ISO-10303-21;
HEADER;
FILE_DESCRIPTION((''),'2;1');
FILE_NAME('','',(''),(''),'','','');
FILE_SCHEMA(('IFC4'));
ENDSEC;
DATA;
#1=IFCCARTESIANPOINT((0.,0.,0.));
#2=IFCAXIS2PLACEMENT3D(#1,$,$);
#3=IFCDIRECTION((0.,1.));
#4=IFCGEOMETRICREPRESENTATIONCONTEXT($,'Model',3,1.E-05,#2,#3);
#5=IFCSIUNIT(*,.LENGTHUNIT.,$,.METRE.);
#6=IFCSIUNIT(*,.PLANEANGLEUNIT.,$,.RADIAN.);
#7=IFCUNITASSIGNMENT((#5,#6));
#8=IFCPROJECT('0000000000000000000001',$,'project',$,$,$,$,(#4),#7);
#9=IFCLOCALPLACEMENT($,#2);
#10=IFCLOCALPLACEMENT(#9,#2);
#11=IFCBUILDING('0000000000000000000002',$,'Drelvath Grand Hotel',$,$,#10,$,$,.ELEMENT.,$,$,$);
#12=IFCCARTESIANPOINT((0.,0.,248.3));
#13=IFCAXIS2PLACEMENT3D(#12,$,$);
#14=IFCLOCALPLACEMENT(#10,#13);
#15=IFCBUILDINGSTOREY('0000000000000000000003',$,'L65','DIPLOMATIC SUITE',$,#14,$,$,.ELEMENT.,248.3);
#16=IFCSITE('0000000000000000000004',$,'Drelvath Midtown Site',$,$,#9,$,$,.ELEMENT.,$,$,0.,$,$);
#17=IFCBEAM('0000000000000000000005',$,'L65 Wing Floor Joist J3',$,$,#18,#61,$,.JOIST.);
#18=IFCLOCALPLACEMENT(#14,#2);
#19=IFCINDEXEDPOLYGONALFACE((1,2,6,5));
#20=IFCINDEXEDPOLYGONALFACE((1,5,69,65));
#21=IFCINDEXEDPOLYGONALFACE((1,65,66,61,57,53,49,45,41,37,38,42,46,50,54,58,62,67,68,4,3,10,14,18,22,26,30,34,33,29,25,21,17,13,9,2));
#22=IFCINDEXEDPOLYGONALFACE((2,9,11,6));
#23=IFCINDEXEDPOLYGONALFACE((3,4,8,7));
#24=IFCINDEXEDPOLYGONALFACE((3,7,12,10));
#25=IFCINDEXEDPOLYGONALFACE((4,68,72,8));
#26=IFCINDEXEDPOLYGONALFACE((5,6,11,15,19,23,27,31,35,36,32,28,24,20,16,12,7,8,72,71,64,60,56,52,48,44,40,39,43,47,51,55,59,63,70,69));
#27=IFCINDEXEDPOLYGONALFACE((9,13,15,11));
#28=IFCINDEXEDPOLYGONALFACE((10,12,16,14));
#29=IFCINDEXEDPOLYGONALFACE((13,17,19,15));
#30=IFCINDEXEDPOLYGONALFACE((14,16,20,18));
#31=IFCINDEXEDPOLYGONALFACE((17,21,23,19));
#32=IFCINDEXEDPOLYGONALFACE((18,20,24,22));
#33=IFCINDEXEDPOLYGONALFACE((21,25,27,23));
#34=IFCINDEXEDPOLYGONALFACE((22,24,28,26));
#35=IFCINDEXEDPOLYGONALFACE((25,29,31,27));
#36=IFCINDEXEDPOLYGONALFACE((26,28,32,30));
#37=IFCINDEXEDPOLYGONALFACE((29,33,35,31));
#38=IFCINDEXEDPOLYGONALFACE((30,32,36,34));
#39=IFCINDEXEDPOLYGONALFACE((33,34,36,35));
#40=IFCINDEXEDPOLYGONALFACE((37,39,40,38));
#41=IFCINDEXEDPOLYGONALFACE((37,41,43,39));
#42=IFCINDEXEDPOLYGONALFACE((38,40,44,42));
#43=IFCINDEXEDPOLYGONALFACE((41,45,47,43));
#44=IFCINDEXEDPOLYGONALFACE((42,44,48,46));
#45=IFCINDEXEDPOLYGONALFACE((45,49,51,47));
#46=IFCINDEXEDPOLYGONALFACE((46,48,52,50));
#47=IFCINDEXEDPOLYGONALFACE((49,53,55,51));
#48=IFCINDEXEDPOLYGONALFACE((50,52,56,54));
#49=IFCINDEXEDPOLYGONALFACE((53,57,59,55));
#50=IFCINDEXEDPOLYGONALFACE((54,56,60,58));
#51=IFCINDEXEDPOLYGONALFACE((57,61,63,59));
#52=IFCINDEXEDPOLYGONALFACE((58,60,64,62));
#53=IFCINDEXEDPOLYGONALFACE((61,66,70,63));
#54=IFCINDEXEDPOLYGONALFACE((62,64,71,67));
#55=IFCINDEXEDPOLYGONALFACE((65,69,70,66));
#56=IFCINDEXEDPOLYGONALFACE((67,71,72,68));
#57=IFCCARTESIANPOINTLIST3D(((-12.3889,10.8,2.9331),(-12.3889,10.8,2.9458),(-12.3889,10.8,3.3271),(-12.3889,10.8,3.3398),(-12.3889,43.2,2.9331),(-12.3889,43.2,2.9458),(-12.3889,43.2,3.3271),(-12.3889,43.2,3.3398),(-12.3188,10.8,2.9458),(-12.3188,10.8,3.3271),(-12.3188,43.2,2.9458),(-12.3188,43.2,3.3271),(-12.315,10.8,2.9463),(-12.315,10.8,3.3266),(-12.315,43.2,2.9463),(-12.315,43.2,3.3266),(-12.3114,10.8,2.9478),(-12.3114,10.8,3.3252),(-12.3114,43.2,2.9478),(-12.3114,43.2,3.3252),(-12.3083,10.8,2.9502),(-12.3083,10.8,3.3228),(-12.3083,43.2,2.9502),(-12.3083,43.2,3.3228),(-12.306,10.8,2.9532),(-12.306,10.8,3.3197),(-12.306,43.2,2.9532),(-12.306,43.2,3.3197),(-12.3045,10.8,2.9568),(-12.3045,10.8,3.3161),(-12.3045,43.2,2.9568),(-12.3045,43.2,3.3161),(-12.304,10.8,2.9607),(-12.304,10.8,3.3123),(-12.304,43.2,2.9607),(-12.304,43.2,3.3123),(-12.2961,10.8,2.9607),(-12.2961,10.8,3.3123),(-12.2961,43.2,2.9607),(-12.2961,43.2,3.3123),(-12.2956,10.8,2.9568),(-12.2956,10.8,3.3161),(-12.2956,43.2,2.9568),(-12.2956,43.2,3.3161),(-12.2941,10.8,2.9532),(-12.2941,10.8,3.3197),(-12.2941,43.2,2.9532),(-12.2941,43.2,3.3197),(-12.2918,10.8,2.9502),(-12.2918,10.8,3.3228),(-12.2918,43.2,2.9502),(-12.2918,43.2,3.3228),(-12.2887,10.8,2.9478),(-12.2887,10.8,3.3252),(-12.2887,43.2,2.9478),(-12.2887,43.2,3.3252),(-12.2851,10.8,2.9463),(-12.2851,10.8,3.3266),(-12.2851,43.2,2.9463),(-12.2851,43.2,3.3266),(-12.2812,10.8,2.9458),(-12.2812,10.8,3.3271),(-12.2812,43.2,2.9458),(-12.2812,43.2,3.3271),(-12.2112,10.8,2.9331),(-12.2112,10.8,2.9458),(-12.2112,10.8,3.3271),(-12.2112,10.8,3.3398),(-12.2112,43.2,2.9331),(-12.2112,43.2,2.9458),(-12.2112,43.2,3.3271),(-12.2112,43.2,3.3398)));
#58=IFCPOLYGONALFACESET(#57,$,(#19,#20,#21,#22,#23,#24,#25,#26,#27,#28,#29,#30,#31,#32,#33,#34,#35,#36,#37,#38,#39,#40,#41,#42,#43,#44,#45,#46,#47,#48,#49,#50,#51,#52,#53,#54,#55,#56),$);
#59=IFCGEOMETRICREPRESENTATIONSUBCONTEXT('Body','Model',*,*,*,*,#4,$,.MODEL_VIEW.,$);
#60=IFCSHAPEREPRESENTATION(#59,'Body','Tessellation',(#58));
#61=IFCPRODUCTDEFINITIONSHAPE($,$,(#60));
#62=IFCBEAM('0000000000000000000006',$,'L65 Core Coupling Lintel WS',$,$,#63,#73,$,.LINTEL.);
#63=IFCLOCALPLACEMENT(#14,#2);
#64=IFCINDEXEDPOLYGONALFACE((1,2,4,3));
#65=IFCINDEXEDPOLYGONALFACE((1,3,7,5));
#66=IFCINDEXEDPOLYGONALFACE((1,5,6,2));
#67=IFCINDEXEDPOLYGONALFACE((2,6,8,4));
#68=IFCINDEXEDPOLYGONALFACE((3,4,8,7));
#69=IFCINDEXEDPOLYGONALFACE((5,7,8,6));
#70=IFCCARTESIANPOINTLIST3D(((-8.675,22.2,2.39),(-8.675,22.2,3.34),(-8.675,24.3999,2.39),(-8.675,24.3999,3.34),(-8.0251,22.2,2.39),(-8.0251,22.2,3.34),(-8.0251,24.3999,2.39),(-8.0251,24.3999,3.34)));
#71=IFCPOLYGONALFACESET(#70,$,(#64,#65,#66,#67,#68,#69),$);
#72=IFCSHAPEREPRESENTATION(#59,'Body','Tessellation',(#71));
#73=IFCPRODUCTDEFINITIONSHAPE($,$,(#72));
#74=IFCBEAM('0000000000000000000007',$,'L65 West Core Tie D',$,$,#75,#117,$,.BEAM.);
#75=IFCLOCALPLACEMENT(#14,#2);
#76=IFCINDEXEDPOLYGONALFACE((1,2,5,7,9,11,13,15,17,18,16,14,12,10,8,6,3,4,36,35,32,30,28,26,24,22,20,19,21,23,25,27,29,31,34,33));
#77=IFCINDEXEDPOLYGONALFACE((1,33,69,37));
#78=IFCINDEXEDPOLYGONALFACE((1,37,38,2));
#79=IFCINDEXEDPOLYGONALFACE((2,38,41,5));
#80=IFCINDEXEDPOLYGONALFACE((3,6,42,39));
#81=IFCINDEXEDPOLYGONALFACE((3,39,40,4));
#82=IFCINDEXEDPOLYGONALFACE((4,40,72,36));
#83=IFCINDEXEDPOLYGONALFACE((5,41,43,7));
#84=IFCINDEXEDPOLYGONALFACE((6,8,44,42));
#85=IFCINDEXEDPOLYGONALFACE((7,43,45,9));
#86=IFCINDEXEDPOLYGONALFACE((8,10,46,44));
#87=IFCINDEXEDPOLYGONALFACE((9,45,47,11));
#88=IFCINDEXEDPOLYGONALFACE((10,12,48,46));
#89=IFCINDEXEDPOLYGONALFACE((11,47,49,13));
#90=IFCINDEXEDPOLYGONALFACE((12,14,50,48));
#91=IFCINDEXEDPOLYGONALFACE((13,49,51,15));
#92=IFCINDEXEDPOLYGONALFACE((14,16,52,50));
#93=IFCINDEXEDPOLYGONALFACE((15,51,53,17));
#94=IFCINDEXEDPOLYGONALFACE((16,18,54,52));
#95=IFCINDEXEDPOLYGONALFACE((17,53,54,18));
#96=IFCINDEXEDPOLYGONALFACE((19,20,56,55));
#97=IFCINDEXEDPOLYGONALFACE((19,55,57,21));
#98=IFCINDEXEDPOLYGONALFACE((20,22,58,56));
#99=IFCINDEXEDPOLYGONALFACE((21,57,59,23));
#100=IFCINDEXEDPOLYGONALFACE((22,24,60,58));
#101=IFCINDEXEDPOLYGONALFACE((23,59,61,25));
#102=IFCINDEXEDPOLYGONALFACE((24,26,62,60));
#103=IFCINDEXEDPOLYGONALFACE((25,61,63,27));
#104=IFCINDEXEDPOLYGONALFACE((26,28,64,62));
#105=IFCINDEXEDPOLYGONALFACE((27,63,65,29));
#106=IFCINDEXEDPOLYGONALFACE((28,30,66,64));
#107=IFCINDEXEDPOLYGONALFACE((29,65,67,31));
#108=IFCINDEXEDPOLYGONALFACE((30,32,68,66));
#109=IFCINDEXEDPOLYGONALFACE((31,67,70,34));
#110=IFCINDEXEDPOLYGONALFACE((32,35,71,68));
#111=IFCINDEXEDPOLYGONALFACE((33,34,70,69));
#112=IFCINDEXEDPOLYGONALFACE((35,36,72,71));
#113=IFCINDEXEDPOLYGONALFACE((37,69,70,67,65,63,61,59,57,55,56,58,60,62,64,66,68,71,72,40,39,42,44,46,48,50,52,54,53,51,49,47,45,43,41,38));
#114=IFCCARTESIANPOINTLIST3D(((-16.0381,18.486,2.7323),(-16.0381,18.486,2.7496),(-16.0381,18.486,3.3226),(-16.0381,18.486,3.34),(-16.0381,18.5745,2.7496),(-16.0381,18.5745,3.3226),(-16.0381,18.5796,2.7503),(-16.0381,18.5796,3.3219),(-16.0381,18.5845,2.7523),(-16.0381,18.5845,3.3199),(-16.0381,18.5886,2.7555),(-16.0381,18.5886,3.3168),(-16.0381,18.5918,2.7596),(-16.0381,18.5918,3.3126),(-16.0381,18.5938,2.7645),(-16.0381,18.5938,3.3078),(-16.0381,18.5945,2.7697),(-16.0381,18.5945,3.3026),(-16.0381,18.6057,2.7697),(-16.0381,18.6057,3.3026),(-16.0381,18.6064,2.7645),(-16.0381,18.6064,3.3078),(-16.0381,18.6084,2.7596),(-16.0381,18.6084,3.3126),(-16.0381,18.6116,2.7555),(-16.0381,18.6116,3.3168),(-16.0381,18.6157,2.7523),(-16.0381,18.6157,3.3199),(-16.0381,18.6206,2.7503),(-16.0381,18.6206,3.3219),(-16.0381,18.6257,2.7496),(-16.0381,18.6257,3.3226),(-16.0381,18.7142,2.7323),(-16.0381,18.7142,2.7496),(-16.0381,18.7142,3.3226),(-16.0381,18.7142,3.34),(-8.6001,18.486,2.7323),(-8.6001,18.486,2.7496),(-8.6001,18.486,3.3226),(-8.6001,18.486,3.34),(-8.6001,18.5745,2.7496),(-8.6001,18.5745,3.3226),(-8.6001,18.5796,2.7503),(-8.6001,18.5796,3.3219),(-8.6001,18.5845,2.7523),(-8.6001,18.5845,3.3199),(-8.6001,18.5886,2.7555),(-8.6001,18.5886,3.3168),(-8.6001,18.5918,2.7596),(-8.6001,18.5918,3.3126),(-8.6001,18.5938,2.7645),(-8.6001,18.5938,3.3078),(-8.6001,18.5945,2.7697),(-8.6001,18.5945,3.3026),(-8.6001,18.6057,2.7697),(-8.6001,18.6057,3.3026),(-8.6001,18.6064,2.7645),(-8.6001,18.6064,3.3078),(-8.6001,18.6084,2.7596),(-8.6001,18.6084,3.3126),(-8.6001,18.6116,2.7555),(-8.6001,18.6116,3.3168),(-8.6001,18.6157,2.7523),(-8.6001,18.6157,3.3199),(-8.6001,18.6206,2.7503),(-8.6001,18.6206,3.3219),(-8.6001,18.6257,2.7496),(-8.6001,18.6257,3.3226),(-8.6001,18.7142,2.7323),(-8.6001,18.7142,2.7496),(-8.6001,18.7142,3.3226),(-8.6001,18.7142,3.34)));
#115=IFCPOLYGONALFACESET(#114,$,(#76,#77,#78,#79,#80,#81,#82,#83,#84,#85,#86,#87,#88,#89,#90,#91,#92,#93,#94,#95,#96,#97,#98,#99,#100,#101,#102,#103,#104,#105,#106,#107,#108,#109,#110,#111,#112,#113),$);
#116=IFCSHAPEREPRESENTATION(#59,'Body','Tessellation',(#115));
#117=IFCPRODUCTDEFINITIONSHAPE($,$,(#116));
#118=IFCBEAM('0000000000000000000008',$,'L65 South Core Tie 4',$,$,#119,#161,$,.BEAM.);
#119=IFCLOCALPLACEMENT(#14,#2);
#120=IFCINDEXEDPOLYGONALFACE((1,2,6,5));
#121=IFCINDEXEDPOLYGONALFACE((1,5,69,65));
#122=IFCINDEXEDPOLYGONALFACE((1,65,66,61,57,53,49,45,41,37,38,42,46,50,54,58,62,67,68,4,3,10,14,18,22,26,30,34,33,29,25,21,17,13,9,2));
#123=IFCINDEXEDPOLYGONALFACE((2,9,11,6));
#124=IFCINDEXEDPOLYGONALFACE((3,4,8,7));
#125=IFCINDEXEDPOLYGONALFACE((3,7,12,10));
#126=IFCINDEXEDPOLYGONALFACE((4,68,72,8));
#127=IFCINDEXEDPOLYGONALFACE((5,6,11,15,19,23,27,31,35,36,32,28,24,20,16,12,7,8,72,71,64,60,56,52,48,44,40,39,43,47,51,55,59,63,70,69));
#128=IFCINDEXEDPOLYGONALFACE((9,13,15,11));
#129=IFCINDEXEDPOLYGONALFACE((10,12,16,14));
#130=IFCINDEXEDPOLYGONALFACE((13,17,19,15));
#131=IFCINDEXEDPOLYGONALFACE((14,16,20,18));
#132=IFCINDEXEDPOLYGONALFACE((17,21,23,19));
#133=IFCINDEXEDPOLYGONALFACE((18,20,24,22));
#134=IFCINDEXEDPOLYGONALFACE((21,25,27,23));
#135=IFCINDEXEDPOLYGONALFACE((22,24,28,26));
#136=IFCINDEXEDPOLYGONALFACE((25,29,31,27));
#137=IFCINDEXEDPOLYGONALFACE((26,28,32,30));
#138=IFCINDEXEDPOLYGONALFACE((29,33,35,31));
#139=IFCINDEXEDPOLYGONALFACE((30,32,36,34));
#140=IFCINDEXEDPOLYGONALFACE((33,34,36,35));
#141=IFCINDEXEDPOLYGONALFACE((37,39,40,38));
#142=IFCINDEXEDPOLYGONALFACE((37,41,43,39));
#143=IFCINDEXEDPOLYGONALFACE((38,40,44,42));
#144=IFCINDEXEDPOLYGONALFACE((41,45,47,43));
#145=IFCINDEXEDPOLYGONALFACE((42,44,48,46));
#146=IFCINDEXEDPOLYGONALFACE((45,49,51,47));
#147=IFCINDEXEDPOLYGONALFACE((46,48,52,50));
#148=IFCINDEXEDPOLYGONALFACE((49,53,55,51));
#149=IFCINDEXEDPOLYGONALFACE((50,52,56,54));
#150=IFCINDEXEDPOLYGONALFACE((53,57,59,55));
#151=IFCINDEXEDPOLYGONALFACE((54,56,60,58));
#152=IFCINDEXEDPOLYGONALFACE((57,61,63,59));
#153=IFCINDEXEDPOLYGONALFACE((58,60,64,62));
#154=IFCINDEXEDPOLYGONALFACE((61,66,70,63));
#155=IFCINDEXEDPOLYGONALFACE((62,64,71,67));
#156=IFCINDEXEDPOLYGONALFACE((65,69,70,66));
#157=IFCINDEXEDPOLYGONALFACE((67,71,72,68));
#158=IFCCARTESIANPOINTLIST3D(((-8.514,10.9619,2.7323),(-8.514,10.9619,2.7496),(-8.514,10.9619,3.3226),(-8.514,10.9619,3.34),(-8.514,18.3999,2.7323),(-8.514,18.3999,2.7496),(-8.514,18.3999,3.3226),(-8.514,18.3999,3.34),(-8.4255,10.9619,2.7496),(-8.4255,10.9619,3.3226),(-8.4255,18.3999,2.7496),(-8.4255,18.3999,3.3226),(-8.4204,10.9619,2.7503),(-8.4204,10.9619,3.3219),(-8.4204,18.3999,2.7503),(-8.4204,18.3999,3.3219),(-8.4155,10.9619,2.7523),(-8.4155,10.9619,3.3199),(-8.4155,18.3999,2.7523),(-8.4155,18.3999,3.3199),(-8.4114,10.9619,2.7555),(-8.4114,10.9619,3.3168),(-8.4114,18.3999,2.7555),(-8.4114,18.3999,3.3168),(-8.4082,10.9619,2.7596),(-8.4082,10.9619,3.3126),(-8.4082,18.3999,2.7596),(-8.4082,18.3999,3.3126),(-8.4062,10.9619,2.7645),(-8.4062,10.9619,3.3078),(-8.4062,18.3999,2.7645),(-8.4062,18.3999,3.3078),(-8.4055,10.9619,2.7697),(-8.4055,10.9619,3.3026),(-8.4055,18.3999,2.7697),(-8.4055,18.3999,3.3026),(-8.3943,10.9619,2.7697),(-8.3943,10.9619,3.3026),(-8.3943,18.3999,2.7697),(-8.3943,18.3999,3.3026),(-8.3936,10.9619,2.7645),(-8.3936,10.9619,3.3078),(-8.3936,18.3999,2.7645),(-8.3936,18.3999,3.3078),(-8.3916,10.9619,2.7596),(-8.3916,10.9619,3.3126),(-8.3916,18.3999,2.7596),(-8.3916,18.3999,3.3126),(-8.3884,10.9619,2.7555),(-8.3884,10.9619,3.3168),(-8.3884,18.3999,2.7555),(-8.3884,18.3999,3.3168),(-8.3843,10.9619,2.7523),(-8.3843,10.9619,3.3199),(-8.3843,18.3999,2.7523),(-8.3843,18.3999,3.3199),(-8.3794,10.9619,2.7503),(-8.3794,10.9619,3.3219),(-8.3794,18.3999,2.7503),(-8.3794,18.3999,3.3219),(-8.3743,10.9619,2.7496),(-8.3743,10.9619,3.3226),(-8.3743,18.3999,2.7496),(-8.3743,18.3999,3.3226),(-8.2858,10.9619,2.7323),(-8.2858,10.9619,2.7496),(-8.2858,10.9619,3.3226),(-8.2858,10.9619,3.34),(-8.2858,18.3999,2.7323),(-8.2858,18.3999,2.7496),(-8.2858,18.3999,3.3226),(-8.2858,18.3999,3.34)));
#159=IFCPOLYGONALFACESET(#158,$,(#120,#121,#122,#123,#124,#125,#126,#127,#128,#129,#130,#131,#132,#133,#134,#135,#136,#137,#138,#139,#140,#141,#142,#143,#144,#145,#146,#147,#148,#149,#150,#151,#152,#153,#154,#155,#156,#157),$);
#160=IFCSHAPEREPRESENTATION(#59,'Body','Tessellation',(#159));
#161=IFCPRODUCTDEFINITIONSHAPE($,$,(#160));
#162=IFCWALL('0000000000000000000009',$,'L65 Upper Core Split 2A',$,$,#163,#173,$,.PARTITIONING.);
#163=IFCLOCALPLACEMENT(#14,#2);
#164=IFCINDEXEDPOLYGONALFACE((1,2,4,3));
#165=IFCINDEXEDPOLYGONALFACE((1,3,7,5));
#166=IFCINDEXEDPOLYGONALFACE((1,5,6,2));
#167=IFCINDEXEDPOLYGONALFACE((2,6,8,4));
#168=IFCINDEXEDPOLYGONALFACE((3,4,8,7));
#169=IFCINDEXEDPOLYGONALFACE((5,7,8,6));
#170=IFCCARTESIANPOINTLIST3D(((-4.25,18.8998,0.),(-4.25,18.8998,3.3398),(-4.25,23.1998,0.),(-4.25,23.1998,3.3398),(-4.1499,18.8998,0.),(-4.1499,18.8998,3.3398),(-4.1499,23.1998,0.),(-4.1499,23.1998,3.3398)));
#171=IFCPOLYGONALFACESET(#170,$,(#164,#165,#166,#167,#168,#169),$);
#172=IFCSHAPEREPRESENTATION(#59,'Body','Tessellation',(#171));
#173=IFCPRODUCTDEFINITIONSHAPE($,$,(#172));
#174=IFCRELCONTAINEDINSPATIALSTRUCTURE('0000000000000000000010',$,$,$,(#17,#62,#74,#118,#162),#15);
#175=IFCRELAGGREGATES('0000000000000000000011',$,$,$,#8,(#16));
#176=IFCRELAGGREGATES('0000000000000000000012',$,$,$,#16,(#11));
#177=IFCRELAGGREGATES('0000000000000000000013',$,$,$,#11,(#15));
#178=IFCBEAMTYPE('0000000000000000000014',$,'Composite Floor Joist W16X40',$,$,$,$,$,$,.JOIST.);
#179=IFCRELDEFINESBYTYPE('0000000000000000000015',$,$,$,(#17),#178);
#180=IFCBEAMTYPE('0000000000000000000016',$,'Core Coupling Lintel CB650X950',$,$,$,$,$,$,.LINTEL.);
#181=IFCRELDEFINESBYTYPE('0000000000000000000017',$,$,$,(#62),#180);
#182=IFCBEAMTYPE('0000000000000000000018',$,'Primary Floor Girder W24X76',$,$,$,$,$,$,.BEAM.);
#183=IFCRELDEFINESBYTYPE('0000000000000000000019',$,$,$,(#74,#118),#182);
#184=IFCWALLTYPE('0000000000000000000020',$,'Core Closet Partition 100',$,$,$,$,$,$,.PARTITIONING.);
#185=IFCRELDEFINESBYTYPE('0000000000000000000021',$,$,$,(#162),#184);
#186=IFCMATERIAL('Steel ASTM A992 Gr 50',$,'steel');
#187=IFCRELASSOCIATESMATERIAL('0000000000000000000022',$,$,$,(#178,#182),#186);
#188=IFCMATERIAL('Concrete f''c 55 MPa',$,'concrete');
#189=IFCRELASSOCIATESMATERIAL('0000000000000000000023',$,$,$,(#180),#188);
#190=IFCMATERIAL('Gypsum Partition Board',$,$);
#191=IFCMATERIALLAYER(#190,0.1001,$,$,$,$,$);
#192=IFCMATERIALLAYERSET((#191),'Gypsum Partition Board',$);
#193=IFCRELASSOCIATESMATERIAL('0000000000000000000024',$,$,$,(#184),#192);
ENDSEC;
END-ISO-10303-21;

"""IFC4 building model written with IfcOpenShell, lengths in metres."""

from ifc_helpers import new_model, si_unit, direction, frame, frame_2d, origin, origin_2d, place, context, subcontext, project, spatial, rectangle, i_section, extrude, material, layer, layer_set, material_profile, profile_set, type_object, element, save


model = new_model("IFC4")

# Units and contexts
model_context = context("Model", 3, precision=1e-05, world=origin(), true_north=direction((0.0, 1.0)))
body_context = subcontext(model_context, "Body", "Model", "MODEL_VIEW")
ifc_project = project(units=[si_unit("LENGTHUNIT", "METRE"), si_unit("PLANEANGLEUNIT", "RADIAN")], contexts=[model_context])

# Site, building, storey
site_placement = place(None, origin())
site = spatial("IfcSite", under=ifc_project, at=site_placement, Name="Drelvath Midtown Site", CompositionType="ELEMENT", RefElevation=0.0)
building_placement = place(site_placement, origin())
building = spatial("IfcBuilding", under=site, at=building_placement, Name="Drelvath Grand Hotel", CompositionType="ELEMENT")
storey_placement = place(building_placement, frame((0.0, 0.0, 248.3)))
storey = spatial("IfcBuildingStorey", under=building, at=storey_placement, Name="L65", Description="DIPLOMATIC SUITE", CompositionType="ELEMENT", Elevation=248.3)

# Beams
ifc_material_1 = material(Name="Steel ASTM A992 Gr 50", Category="steel")
ifc_material_profile_1 = material_profile(ifc_material_1, i_section(OverallWidth=0.1777, OverallDepth=0.4067, WebThickness=0.0078, FlangeThickness=0.0127, FilletRadius=0.0149, at=origin_2d()), Name="W16X40")
ifc_profile_set_1 = profile_set([ifc_material_profile_1], Name="Steel ASTM A992 Gr 50")
beam_type_1 = type_object("IfcBeamType", Name="Composite Floor Joist W16X40", PredefinedType="JOIST", material=ifc_profile_set_1)
beam_1_placement = place(storey_placement, frame((-12.3, 10.8, 3.1365), z_axis=(0.0, 1.0, 0.0), x_axis=(-1.0, 0.0, 0.0)))
element("IfcBeam", 1, at=beam_1_placement, inside=storey, type_object=beam_type_1, Name="L65 Wing Floor Joist J3", PredefinedType="JOIST", context=body_context, shape_type="SweptSolid", body=[
    extrude(i_section(OverallWidth=0.1777, OverallDepth=0.4067, WebThickness=0.0078, FlangeThickness=0.0127, FilletRadius=0.0149, at=origin_2d()), origin(), (0.0, 0.0, 1.0), 32.3999),
])
ifc_material_2 = material(Name="Concrete f'c 55 MPa", Category="concrete")
ifc_material_profile_2 = material_profile(ifc_material_2, rectangle(XDim=0.6499, YDim=0.95, at=origin_2d()), Name="CB650X950")
ifc_profile_set_2 = profile_set([ifc_material_profile_2], Name="Concrete f'c 55 MPa")
beam_type_2 = type_object("IfcBeamType", Name="Core Coupling Lintel CB650X950", PredefinedType="LINTEL", material=ifc_profile_set_2)
beam_2_placement = place(storey_placement, frame((-8.3501, 22.2, 2.865), z_axis=(0.0, 1.0, 0.0), x_axis=(-1.0, 0.0, 0.0)))
element("IfcBeam", 2, at=beam_2_placement, inside=storey, type_object=beam_type_2, Name="L65 Core Coupling Lintel WS", PredefinedType="LINTEL", context=body_context, shape_type="SweptSolid", body=[
    extrude(rectangle(XDim=0.6499, YDim=0.95, at=origin_2d()), origin(), (0.0, 0.0, 1.0), 2.2),
])
ifc_material_profile_3 = material_profile(ifc_material_1, i_section(OverallWidth=0.2283, OverallDepth=0.6077, WebThickness=0.0112, FlangeThickness=0.0173, FilletRadius=0.02, at=origin_2d()), Name="W24X76")
ifc_profile_set_3 = profile_set([ifc_material_profile_3], Name="Steel ASTM A992 Gr 50")
beam_type_3 = type_object("IfcBeamType", Name="Primary Floor Girder W24X76", PredefinedType="BEAM", material=ifc_profile_set_3)
for number, where, z_axis, x_axis, name in (
    (3, (-16.0381, 18.6001, 3.0361), (1.0, 0.0, 0.0), (0.0, 1.0, 0.0), "L65 West Core Tie D"),
    (4, (-8.3999, 10.9619, 3.0361), (0.0, 1.0, 0.0), (-1.0, 0.0, 0.0), "L65 South Core Tie 4"),
):
    element("IfcBeam", number, at=place(storey_placement, frame(where, z_axis=z_axis, x_axis=x_axis)), inside=storey, type_object=beam_type_3, Name=name, PredefinedType="BEAM", context=body_context, shape_type="SweptSolid", body=[
        extrude(i_section(OverallWidth=0.2283, OverallDepth=0.6077, WebThickness=0.0112, FlangeThickness=0.0173, FilletRadius=0.02, at=origin_2d()), origin(), (0.0, 0.0, 1.0), 7.438),
    ])

# Wall
ifc_material_3 = material(Name="Gypsum Partition Board")
ifc_layer_1 = layer(ifc_material_3, 0.1001)
ifc_layer_set_1 = layer_set([ifc_layer_1], Name="Gypsum Partition Board")
wall_type_1 = type_object("IfcWallType", Name="Core Closet Partition 100", PredefinedType="PARTITIONING", material=ifc_layer_set_1)
wall_1_placement = place(storey_placement, frame((-4.2, 18.8999, 0.0), z_axis=(0.0, 0.0, 1.0), x_axis=(0.0, 1.0, 0.0)))
element("IfcWall", 5, at=wall_1_placement, inside=storey, type_object=wall_type_1, Name="L65 Upper Core Split 2A", PredefinedType="PARTITIONING", context=body_context, shape_type="SweptSolid", body=[
    extrude(rectangle(XDim=4.3, YDim=0.1001, at=frame_2d((2.1499, 0.0))), origin(), (0.0, 0.0, 1.0), 3.3398),
])

save(model, "model.ifc")
